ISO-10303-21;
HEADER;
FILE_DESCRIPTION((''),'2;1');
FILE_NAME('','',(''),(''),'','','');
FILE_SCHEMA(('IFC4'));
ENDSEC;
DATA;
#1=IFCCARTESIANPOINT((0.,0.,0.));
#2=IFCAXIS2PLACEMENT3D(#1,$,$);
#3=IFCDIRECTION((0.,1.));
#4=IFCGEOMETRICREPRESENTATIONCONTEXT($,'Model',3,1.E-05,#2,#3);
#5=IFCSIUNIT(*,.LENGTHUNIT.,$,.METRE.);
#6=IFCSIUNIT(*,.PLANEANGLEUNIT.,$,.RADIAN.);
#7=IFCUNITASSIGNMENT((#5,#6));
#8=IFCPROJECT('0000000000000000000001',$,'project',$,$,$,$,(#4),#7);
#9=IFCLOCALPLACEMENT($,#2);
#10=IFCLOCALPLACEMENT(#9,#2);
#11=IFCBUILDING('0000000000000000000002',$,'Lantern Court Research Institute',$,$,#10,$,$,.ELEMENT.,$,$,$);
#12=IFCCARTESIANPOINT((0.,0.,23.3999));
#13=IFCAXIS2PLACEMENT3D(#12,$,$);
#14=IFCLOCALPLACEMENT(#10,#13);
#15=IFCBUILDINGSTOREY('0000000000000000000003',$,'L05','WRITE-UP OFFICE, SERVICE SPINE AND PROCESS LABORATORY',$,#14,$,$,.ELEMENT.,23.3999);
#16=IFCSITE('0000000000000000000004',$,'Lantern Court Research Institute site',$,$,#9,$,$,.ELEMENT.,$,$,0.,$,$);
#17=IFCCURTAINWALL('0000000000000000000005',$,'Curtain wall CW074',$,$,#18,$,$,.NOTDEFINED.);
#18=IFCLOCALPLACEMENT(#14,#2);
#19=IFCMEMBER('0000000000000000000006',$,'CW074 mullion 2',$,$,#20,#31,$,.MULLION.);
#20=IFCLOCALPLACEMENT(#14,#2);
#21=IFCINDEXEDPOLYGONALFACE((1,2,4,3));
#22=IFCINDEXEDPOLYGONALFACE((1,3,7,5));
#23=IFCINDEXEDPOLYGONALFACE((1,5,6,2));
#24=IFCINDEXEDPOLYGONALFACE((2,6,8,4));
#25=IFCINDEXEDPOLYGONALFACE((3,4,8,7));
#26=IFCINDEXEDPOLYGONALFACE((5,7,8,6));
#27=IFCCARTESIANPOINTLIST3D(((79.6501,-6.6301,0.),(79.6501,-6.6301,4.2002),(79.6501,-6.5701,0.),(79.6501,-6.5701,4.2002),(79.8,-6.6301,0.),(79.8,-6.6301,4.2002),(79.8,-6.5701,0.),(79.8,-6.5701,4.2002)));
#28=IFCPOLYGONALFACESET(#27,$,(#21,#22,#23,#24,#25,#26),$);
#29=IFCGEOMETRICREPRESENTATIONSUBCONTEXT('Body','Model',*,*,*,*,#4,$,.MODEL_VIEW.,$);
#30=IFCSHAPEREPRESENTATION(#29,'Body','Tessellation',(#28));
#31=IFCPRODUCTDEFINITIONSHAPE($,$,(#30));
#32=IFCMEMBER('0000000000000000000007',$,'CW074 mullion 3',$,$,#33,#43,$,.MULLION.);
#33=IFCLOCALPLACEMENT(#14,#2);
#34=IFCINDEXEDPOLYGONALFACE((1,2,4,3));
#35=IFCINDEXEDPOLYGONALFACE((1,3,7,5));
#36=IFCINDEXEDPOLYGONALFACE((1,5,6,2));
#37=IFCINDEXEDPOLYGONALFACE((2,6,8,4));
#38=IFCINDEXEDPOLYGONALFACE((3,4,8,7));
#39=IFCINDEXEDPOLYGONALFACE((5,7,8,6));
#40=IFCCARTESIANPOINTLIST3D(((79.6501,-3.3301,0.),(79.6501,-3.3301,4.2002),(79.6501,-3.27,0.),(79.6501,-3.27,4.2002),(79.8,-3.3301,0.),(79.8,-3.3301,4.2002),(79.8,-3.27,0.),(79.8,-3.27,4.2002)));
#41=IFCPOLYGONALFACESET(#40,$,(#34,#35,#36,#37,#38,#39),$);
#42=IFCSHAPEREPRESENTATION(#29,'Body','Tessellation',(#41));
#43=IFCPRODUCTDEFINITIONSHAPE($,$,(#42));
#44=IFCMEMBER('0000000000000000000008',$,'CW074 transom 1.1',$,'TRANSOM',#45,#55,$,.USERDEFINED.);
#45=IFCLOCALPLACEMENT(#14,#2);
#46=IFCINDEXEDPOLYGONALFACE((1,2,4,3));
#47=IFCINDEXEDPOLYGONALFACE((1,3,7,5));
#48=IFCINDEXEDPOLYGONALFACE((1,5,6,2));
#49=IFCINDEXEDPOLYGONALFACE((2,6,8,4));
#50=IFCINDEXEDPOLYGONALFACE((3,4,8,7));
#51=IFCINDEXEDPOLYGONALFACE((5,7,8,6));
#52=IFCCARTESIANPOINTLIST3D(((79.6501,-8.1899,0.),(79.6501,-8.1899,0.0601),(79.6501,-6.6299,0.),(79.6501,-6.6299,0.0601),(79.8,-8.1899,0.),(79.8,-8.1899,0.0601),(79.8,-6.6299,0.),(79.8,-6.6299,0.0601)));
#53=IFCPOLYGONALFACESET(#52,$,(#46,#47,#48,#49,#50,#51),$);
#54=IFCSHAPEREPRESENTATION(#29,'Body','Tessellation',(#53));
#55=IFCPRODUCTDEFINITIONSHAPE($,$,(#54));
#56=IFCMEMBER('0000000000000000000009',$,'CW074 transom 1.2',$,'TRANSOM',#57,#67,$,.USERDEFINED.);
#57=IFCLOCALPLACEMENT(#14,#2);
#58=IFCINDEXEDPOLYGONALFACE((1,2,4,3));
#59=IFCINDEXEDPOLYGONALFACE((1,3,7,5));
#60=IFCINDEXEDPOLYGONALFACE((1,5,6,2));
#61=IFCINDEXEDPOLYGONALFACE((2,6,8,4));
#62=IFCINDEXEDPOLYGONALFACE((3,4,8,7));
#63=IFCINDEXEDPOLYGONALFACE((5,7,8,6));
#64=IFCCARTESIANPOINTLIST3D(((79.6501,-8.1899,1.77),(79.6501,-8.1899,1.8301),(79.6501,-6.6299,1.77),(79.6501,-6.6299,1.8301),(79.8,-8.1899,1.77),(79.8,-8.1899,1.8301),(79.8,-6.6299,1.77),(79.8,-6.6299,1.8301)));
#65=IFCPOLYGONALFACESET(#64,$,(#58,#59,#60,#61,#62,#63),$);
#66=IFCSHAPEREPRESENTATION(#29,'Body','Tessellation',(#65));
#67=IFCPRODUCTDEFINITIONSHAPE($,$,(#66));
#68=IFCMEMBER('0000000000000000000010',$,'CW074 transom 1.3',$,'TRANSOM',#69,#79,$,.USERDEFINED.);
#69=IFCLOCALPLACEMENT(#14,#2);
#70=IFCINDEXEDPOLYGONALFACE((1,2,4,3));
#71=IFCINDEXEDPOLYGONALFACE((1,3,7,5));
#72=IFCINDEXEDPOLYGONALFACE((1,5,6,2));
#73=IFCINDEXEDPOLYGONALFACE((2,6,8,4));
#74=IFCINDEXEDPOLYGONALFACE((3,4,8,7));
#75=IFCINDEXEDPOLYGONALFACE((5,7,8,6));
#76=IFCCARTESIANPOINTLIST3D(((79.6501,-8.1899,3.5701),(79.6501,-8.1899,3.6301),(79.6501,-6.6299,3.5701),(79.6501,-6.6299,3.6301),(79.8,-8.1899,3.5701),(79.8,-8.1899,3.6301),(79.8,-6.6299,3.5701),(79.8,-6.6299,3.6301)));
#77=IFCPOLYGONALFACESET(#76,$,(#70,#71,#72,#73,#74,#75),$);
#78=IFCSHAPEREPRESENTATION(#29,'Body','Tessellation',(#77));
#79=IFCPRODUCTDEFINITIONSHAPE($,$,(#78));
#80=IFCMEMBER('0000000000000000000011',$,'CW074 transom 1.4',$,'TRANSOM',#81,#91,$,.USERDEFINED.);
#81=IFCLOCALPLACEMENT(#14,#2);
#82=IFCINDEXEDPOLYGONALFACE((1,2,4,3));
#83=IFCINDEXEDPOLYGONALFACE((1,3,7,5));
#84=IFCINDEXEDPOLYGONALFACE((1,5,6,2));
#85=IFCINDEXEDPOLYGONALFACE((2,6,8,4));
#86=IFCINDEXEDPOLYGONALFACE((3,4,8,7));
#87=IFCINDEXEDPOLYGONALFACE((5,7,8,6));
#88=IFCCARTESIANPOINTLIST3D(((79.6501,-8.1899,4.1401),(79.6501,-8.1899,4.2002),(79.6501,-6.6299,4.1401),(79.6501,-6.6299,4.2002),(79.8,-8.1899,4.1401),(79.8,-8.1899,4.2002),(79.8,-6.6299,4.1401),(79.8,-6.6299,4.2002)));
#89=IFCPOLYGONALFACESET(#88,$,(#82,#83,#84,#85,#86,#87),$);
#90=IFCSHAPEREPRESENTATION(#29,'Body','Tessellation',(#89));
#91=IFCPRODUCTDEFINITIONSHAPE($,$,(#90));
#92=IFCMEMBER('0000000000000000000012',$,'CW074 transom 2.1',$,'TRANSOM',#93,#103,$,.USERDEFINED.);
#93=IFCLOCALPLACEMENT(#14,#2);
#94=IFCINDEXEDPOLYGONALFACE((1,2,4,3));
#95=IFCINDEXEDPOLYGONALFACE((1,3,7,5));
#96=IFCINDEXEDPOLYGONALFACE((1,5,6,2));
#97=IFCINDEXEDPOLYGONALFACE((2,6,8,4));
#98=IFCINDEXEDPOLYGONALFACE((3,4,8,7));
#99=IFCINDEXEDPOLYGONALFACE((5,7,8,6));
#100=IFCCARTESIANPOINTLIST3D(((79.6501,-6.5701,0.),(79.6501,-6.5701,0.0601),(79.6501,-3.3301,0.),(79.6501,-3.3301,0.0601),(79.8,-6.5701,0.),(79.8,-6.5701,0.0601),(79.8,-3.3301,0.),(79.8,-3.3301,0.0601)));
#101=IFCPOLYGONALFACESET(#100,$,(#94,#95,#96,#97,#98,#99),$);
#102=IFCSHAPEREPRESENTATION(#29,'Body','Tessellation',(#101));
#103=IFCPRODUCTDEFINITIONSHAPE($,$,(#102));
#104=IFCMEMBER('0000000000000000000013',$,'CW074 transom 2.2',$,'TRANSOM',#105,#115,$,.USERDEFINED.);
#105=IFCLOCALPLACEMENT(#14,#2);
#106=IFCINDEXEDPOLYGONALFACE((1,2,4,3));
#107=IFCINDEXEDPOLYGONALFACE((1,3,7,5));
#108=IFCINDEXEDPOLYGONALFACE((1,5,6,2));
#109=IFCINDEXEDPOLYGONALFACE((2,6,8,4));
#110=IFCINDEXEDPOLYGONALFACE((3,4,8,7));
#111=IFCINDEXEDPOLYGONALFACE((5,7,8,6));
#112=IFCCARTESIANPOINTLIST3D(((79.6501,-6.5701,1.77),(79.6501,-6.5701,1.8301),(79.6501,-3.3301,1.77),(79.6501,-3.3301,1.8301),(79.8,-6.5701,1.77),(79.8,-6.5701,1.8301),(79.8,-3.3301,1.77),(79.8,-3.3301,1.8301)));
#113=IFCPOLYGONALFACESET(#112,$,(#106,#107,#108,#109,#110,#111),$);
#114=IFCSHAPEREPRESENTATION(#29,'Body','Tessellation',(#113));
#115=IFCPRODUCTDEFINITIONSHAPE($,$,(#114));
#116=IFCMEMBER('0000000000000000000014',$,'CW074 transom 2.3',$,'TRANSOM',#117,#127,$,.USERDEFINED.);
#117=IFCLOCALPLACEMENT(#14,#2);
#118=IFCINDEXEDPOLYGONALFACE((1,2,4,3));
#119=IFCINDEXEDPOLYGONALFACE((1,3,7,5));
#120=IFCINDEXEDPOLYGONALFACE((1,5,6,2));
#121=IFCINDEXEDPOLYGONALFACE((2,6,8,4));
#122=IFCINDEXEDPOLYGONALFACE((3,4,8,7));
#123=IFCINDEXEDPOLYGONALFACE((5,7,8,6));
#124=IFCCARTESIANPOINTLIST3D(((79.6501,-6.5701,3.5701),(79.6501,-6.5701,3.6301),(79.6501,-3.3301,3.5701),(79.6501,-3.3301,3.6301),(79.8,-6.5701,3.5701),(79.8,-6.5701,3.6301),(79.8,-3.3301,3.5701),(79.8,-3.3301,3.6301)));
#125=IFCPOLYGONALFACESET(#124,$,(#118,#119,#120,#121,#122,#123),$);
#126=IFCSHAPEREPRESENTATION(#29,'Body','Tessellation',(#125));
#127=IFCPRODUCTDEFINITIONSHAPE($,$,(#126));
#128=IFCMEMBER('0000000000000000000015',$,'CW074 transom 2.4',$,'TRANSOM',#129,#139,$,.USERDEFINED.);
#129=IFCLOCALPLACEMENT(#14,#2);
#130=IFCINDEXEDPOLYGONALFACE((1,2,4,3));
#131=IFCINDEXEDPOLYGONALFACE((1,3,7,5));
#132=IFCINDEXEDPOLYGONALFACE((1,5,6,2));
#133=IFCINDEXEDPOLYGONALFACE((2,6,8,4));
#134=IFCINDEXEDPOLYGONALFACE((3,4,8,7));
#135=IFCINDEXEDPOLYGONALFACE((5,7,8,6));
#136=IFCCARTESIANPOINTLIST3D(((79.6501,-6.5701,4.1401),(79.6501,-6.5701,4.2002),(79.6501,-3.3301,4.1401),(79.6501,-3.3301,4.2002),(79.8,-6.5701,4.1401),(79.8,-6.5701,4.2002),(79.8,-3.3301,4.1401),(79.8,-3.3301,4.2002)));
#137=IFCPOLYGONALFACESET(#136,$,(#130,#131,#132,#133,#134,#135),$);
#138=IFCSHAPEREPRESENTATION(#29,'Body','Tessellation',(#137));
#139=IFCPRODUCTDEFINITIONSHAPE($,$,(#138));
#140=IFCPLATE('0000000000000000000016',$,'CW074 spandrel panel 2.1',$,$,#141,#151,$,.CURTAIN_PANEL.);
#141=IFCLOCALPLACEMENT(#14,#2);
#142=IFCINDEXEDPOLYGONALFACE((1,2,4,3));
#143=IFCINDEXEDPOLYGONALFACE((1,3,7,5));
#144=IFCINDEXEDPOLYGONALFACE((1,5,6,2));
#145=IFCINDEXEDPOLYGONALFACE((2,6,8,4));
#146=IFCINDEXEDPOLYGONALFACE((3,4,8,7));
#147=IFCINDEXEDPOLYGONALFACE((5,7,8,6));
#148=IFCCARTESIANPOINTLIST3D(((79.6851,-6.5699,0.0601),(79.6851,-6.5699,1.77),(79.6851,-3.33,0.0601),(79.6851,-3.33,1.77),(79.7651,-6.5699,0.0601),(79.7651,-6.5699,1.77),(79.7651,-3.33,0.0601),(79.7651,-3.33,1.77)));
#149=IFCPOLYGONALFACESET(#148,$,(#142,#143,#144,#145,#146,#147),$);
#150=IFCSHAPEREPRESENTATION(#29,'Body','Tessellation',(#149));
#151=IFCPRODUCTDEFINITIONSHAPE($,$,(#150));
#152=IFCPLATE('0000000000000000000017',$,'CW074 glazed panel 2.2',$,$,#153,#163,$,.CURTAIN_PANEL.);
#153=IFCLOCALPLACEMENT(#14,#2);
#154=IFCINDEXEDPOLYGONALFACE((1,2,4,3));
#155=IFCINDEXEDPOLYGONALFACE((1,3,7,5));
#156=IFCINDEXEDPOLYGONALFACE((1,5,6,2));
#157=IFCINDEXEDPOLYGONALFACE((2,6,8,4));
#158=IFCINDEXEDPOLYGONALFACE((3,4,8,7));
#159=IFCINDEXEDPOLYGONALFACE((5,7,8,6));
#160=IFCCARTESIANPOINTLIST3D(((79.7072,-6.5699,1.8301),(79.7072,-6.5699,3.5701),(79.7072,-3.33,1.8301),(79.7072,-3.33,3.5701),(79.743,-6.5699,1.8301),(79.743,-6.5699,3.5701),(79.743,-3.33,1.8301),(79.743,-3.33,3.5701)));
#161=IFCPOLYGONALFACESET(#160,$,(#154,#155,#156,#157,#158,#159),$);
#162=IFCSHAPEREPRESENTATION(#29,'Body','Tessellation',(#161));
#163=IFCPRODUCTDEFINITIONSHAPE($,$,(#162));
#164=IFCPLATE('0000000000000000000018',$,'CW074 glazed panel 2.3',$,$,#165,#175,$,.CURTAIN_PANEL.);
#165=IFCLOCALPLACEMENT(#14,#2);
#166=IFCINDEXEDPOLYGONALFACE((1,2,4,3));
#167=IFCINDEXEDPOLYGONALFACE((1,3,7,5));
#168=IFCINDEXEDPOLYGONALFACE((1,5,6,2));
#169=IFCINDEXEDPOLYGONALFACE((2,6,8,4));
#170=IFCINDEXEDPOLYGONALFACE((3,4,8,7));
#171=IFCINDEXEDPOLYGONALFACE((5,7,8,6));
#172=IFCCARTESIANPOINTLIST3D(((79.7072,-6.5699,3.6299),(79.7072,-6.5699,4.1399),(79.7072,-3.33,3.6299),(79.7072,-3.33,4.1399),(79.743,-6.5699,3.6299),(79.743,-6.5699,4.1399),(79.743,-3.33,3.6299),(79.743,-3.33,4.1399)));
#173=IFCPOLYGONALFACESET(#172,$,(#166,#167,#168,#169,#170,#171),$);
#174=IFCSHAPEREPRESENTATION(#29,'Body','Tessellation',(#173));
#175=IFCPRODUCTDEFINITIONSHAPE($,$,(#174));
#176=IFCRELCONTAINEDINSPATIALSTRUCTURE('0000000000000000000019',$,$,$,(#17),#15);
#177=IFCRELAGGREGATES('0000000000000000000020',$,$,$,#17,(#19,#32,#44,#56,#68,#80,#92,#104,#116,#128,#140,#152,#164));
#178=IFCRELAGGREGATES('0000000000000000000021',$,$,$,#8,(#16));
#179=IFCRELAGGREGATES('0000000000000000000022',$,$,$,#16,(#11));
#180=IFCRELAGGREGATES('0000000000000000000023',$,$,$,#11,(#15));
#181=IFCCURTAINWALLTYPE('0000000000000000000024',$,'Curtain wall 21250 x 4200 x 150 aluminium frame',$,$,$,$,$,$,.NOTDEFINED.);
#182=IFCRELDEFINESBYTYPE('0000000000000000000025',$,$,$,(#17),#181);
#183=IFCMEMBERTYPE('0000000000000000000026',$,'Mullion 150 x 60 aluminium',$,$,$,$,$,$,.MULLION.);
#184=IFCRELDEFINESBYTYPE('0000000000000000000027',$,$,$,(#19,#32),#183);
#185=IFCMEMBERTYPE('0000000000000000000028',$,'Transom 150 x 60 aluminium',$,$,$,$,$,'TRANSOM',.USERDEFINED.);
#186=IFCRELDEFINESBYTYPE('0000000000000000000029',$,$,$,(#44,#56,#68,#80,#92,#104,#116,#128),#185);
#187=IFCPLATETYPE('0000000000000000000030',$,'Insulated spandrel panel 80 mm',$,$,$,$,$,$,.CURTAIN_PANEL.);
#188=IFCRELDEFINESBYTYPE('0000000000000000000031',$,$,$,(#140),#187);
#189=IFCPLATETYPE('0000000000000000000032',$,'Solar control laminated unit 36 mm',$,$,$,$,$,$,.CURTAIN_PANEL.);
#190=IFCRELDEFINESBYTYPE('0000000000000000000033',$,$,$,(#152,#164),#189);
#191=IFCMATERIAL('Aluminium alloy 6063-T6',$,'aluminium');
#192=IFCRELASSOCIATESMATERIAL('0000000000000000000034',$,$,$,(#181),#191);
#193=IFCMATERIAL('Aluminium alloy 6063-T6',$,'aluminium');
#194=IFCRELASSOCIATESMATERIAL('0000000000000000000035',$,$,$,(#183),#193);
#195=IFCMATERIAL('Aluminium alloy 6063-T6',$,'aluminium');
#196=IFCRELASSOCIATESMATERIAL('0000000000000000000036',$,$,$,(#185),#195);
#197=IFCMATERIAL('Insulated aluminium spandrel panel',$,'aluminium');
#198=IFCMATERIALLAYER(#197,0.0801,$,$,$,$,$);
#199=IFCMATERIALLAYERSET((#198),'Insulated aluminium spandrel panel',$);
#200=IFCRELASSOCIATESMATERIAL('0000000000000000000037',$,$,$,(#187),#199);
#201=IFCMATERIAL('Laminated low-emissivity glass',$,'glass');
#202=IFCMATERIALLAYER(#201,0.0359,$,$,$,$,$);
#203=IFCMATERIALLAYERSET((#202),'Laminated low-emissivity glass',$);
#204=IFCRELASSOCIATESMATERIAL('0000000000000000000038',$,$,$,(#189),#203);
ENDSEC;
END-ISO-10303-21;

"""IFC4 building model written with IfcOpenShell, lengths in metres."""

from ifc_helpers import new_model, si_unit, direction, frame, origin, origin_2d, place, context, subcontext, project, spatial, rectangle, extrude, material, layer, layer_set, material_profile, profile_set, type_object, element, aggregate, save


model = new_model("IFC4")

# Units and contexts
model_context = context("Model", 3, precision=1e-05, world=origin(), true_north=direction((0.0, 1.0)))
body_context = subcontext(model_context, "Body", "Model", "MODEL_VIEW")
ifc_project = project(units=[si_unit("LENGTHUNIT", "METRE"), si_unit("PLANEANGLEUNIT", "RADIAN")], contexts=[model_context])

# Site, building, storey
site_placement = place(None, origin())
site = spatial("IfcSite", under=ifc_project, at=site_placement, Name="Lantern Court Research Institute site", CompositionType="ELEMENT", RefElevation=0.0)
building_placement = place(site_placement, origin())
building = spatial("IfcBuilding", under=site, at=building_placement, Name="Lantern Court Research Institute", CompositionType="ELEMENT")
storey_placement = place(building_placement, frame((0.0, 0.0, 23.3999)))
storey = spatial("IfcBuildingStorey", under=building, at=storey_placement, Name="L05", Description="WRITE-UP OFFICE, SERVICE SPINE AND PROCESS LABORATORY", CompositionType="ELEMENT", Elevation=23.3999)

# Curtain wall, members, plates
ifc_material_1 = material(Name="Aluminium alloy 6063-T6", Category="aluminium")
curtain_wall_type = type_object("IfcCurtainWallType", Name="Curtain wall 21250 x 4200 x 150 aluminium frame", PredefinedType="NOTDEFINED", material=ifc_material_1)
curtain_wall_placement = place(storey_placement, origin())
curtain_wall = element("IfcCurtainWall", 1, at=curtain_wall_placement, inside=storey, type_object=curtain_wall_type, Name="Curtain wall CW074", PredefinedType="NOTDEFINED")
ifc_material_2 = material(Name="Aluminium alloy 6063-T6", Category="aluminium")
ifc_material_profile_1 = material_profile(ifc_material_2, rectangle(XDim=0.1499, YDim=0.0601, at=origin_2d()), Name="Mullion 150 x 60")
ifc_profile_set_1 = profile_set([ifc_material_profile_1], Name="Aluminium alloy 6063-T6")
member_type_1 = type_object("IfcMemberType", Name="Mullion 150 x 60 aluminium", PredefinedType="MULLION", material=ifc_profile_set_1)
member_1_placement = place(storey_placement, frame((79.7251, -6.6001, 0.0), z_axis=(0.0, 0.0, 1.0), x_axis=(1.0, 0.0, 0.0)))
member_1 = element("IfcMember", 2, at=member_1_placement, type_object=member_type_1, Name="CW074 mullion 2", PredefinedType="MULLION", context=body_context, shape_type="SweptSolid", body=[
    extrude(rectangle(XDim=0.1499, YDim=0.0601, at=origin_2d()), origin(), (0.0, 0.0, 1.0), 4.2002),
])
member_2_placement = place(storey_placement, frame((79.7251, -3.3, 0.0), z_axis=(0.0, 0.0, 1.0), x_axis=(1.0, 0.0, 0.0)))
member_2 = element("IfcMember", 3, at=member_2_placement, type_object=member_type_1, Name="CW074 mullion 3", PredefinedType="MULLION", context=body_context, shape_type="SweptSolid", body=[
    extrude(rectangle(XDim=0.1499, YDim=0.0601, at=origin_2d()), origin(), (0.0, 0.0, 1.0), 4.2002),
])
ifc_material_3 = material(Name="Aluminium alloy 6063-T6", Category="aluminium")
ifc_material_profile_2 = material_profile(ifc_material_3, rectangle(XDim=0.1499, YDim=0.0601, at=origin_2d()), Name="Transom 150 x 60")
ifc_profile_set_2 = profile_set([ifc_material_profile_2], Name="Aluminium alloy 6063-T6")
member_type_2 = type_object("IfcMemberType", Name="Transom 150 x 60 aluminium", ElementType="TRANSOM", PredefinedType="USERDEFINED", material=ifc_profile_set_2)
member_3_placement = place(storey_placement, frame((79.7251, -6.6299, 0.03), z_axis=(0.0, -1.0, 0.0), x_axis=(1.0, 0.0, 0.0)))
member_3 = element("IfcMember", 4, at=member_3_placement, type_object=member_type_2, Name="CW074 transom 1.1", ObjectType="TRANSOM", PredefinedType="USERDEFINED", context=body_context, shape_type="SweptSolid", body=[
    extrude(rectangle(XDim=0.1499, YDim=0.0601, at=origin_2d()), origin(), (0.0, 0.0, 1.0), 1.5601),
])
member_4_placement = place(storey_placement, frame((79.7251, -6.6299, 1.8), z_axis=(0.0, -1.0, 0.0), x_axis=(1.0, 0.0, 0.0)))
member_4 = element("IfcMember", 5, at=member_4_placement, type_object=member_type_2, Name="CW074 transom 1.2", ObjectType="TRANSOM", PredefinedType="USERDEFINED", context=body_context, shape_type="SweptSolid", body=[
    extrude(rectangle(XDim=0.1499, YDim=0.0601, at=origin_2d()), origin(), (0.0, 0.0, 1.0), 1.5601),
])
member_5_placement = place(storey_placement, frame((79.7251, -6.6299, 3.6001), z_axis=(0.0, -1.0, 0.0), x_axis=(1.0, 0.0, 0.0)))
member_5 = element("IfcMember", 6, at=member_5_placement, type_object=member_type_2, Name="CW074 transom 1.3", ObjectType="TRANSOM", PredefinedType="USERDEFINED", context=body_context, shape_type="SweptSolid", body=[
    extrude(rectangle(XDim=0.1499, YDim=0.0601, at=origin_2d()), origin(), (0.0, 0.0, 1.0), 1.5601),
])
member_6_placement = place(storey_placement, frame((79.7251, -6.6299, 4.1702), z_axis=(0.0, -1.0, 0.0), x_axis=(1.0, 0.0, 0.0)))
member_6 = element("IfcMember", 7, at=member_6_placement, type_object=member_type_2, Name="CW074 transom 1.4", ObjectType="TRANSOM", PredefinedType="USERDEFINED", context=body_context, shape_type="SweptSolid", body=[
    extrude(rectangle(XDim=0.1499, YDim=0.0601, at=origin_2d()), origin(), (0.0, 0.0, 1.0), 1.5601),
])
member_7_placement = place(storey_placement, frame((79.7251, -3.3301, 0.03), z_axis=(0.0, -1.0, 0.0), x_axis=(1.0, 0.0, 0.0)))
member_7 = element("IfcMember", 8, at=member_7_placement, type_object=member_type_2, Name="CW074 transom 2.1", ObjectType="TRANSOM", PredefinedType="USERDEFINED", context=body_context, shape_type="SweptSolid", body=[
    extrude(rectangle(XDim=0.1499, YDim=0.0601, at=origin_2d()), origin(), (0.0, 0.0, 1.0), 3.24),
])
member_8_placement = place(storey_placement, frame((79.7251, -3.3301, 1.8), z_axis=(0.0, -1.0, 0.0), x_axis=(1.0, 0.0, 0.0)))
member_8 = element("IfcMember", 9, at=member_8_placement, type_object=member_type_2, Name="CW074 transom 2.2", ObjectType="TRANSOM", PredefinedType="USERDEFINED", context=body_context, shape_type="SweptSolid", body=[
    extrude(rectangle(XDim=0.1499, YDim=0.0601, at=origin_2d()), origin(), (0.0, 0.0, 1.0), 3.24),
])
member_9_placement = place(storey_placement, frame((79.7251, -3.3301, 3.6001), z_axis=(0.0, -1.0, 0.0), x_axis=(1.0, 0.0, 0.0)))
member_9 = element("IfcMember", 10, at=member_9_placement, type_object=member_type_2, Name="CW074 transom 2.3", ObjectType="TRANSOM", PredefinedType="USERDEFINED", context=body_context, shape_type="SweptSolid", body=[
    extrude(rectangle(XDim=0.1499, YDim=0.0601, at=origin_2d()), origin(), (0.0, 0.0, 1.0), 3.24),
])
member_10_placement = place(storey_placement, frame((79.7251, -3.3301, 4.1702), z_axis=(0.0, -1.0, 0.0), x_axis=(1.0, 0.0, 0.0)))
member_10 = element("IfcMember", 11, at=member_10_placement, type_object=member_type_2, Name="CW074 transom 2.4", ObjectType="TRANSOM", PredefinedType="USERDEFINED", context=body_context, shape_type="SweptSolid", body=[
    extrude(rectangle(XDim=0.1499, YDim=0.0601, at=origin_2d()), origin(), (0.0, 0.0, 1.0), 3.24),
])
ifc_material_4 = material(Name="Insulated aluminium spandrel panel", Category="aluminium")
ifc_layer_1 = layer(ifc_material_4, 0.0801)
ifc_layer_set_1 = layer_set([ifc_layer_1], Name="Insulated aluminium spandrel panel")
plate_type_1 = type_object("IfcPlateType", Name="Insulated spandrel panel 80 mm", PredefinedType="CURTAIN_PANEL", material=ifc_layer_set_1)
plate_1_placement = place(storey_placement, frame((79.7251, -4.95, 0.0601), z_axis=(0.0, 0.0, 1.0), x_axis=(0.0, -1.0, 0.0)))
plate_1 = element("IfcPlate", 12, at=plate_1_placement, type_object=plate_type_1, Name="CW074 spandrel panel 2.1", PredefinedType="CURTAIN_PANEL", context=body_context, shape_type="SweptSolid", body=[
    extrude(rectangle(XDim=3.24, YDim=0.0801, at=origin_2d()), origin(), (0.0, 0.0, 1.0), 1.71),
])
ifc_material_5 = material(Name="Laminated low-emissivity glass", Category="glass")
ifc_layer_2 = layer(ifc_material_5, 0.0359)
ifc_layer_set_2 = layer_set([ifc_layer_2], Name="Laminated low-emissivity glass")
plate_type_2 = type_object("IfcPlateType", Name="Solar control laminated unit 36 mm", PredefinedType="CURTAIN_PANEL", material=ifc_layer_set_2)
plate_2_placement = place(storey_placement, frame((79.7251, -4.95, 1.8301), z_axis=(0.0, 0.0, 1.0), x_axis=(0.0, -1.0, 0.0)))
plate_2 = element("IfcPlate", 13, at=plate_2_placement, type_object=plate_type_2, Name="CW074 glazed panel 2.2", PredefinedType="CURTAIN_PANEL", context=body_context, shape_type="SweptSolid", body=[
    extrude(rectangle(XDim=3.24, YDim=0.0359, at=origin_2d()), origin(), (0.0, 0.0, 1.0), 1.74),
])
plate_3_placement = place(storey_placement, frame((79.7251, -4.95, 3.6299), z_axis=(0.0, 0.0, 1.0), x_axis=(0.0, -1.0, 0.0)))
plate_3 = element("IfcPlate", 14, at=plate_3_placement, type_object=plate_type_2, Name="CW074 glazed panel 2.3", PredefinedType="CURTAIN_PANEL", context=body_context, shape_type="SweptSolid", body=[
    extrude(rectangle(XDim=3.24, YDim=0.0359, at=origin_2d()), origin(), (0.0, 0.0, 1.0), 0.51),
])
aggregate(curtain_wall, [member_1, member_2, member_3, member_4, member_5, member_6, member_7, member_8, member_9, member_10, plate_1, plate_2, plate_3])

save(model, "model.ifc")
